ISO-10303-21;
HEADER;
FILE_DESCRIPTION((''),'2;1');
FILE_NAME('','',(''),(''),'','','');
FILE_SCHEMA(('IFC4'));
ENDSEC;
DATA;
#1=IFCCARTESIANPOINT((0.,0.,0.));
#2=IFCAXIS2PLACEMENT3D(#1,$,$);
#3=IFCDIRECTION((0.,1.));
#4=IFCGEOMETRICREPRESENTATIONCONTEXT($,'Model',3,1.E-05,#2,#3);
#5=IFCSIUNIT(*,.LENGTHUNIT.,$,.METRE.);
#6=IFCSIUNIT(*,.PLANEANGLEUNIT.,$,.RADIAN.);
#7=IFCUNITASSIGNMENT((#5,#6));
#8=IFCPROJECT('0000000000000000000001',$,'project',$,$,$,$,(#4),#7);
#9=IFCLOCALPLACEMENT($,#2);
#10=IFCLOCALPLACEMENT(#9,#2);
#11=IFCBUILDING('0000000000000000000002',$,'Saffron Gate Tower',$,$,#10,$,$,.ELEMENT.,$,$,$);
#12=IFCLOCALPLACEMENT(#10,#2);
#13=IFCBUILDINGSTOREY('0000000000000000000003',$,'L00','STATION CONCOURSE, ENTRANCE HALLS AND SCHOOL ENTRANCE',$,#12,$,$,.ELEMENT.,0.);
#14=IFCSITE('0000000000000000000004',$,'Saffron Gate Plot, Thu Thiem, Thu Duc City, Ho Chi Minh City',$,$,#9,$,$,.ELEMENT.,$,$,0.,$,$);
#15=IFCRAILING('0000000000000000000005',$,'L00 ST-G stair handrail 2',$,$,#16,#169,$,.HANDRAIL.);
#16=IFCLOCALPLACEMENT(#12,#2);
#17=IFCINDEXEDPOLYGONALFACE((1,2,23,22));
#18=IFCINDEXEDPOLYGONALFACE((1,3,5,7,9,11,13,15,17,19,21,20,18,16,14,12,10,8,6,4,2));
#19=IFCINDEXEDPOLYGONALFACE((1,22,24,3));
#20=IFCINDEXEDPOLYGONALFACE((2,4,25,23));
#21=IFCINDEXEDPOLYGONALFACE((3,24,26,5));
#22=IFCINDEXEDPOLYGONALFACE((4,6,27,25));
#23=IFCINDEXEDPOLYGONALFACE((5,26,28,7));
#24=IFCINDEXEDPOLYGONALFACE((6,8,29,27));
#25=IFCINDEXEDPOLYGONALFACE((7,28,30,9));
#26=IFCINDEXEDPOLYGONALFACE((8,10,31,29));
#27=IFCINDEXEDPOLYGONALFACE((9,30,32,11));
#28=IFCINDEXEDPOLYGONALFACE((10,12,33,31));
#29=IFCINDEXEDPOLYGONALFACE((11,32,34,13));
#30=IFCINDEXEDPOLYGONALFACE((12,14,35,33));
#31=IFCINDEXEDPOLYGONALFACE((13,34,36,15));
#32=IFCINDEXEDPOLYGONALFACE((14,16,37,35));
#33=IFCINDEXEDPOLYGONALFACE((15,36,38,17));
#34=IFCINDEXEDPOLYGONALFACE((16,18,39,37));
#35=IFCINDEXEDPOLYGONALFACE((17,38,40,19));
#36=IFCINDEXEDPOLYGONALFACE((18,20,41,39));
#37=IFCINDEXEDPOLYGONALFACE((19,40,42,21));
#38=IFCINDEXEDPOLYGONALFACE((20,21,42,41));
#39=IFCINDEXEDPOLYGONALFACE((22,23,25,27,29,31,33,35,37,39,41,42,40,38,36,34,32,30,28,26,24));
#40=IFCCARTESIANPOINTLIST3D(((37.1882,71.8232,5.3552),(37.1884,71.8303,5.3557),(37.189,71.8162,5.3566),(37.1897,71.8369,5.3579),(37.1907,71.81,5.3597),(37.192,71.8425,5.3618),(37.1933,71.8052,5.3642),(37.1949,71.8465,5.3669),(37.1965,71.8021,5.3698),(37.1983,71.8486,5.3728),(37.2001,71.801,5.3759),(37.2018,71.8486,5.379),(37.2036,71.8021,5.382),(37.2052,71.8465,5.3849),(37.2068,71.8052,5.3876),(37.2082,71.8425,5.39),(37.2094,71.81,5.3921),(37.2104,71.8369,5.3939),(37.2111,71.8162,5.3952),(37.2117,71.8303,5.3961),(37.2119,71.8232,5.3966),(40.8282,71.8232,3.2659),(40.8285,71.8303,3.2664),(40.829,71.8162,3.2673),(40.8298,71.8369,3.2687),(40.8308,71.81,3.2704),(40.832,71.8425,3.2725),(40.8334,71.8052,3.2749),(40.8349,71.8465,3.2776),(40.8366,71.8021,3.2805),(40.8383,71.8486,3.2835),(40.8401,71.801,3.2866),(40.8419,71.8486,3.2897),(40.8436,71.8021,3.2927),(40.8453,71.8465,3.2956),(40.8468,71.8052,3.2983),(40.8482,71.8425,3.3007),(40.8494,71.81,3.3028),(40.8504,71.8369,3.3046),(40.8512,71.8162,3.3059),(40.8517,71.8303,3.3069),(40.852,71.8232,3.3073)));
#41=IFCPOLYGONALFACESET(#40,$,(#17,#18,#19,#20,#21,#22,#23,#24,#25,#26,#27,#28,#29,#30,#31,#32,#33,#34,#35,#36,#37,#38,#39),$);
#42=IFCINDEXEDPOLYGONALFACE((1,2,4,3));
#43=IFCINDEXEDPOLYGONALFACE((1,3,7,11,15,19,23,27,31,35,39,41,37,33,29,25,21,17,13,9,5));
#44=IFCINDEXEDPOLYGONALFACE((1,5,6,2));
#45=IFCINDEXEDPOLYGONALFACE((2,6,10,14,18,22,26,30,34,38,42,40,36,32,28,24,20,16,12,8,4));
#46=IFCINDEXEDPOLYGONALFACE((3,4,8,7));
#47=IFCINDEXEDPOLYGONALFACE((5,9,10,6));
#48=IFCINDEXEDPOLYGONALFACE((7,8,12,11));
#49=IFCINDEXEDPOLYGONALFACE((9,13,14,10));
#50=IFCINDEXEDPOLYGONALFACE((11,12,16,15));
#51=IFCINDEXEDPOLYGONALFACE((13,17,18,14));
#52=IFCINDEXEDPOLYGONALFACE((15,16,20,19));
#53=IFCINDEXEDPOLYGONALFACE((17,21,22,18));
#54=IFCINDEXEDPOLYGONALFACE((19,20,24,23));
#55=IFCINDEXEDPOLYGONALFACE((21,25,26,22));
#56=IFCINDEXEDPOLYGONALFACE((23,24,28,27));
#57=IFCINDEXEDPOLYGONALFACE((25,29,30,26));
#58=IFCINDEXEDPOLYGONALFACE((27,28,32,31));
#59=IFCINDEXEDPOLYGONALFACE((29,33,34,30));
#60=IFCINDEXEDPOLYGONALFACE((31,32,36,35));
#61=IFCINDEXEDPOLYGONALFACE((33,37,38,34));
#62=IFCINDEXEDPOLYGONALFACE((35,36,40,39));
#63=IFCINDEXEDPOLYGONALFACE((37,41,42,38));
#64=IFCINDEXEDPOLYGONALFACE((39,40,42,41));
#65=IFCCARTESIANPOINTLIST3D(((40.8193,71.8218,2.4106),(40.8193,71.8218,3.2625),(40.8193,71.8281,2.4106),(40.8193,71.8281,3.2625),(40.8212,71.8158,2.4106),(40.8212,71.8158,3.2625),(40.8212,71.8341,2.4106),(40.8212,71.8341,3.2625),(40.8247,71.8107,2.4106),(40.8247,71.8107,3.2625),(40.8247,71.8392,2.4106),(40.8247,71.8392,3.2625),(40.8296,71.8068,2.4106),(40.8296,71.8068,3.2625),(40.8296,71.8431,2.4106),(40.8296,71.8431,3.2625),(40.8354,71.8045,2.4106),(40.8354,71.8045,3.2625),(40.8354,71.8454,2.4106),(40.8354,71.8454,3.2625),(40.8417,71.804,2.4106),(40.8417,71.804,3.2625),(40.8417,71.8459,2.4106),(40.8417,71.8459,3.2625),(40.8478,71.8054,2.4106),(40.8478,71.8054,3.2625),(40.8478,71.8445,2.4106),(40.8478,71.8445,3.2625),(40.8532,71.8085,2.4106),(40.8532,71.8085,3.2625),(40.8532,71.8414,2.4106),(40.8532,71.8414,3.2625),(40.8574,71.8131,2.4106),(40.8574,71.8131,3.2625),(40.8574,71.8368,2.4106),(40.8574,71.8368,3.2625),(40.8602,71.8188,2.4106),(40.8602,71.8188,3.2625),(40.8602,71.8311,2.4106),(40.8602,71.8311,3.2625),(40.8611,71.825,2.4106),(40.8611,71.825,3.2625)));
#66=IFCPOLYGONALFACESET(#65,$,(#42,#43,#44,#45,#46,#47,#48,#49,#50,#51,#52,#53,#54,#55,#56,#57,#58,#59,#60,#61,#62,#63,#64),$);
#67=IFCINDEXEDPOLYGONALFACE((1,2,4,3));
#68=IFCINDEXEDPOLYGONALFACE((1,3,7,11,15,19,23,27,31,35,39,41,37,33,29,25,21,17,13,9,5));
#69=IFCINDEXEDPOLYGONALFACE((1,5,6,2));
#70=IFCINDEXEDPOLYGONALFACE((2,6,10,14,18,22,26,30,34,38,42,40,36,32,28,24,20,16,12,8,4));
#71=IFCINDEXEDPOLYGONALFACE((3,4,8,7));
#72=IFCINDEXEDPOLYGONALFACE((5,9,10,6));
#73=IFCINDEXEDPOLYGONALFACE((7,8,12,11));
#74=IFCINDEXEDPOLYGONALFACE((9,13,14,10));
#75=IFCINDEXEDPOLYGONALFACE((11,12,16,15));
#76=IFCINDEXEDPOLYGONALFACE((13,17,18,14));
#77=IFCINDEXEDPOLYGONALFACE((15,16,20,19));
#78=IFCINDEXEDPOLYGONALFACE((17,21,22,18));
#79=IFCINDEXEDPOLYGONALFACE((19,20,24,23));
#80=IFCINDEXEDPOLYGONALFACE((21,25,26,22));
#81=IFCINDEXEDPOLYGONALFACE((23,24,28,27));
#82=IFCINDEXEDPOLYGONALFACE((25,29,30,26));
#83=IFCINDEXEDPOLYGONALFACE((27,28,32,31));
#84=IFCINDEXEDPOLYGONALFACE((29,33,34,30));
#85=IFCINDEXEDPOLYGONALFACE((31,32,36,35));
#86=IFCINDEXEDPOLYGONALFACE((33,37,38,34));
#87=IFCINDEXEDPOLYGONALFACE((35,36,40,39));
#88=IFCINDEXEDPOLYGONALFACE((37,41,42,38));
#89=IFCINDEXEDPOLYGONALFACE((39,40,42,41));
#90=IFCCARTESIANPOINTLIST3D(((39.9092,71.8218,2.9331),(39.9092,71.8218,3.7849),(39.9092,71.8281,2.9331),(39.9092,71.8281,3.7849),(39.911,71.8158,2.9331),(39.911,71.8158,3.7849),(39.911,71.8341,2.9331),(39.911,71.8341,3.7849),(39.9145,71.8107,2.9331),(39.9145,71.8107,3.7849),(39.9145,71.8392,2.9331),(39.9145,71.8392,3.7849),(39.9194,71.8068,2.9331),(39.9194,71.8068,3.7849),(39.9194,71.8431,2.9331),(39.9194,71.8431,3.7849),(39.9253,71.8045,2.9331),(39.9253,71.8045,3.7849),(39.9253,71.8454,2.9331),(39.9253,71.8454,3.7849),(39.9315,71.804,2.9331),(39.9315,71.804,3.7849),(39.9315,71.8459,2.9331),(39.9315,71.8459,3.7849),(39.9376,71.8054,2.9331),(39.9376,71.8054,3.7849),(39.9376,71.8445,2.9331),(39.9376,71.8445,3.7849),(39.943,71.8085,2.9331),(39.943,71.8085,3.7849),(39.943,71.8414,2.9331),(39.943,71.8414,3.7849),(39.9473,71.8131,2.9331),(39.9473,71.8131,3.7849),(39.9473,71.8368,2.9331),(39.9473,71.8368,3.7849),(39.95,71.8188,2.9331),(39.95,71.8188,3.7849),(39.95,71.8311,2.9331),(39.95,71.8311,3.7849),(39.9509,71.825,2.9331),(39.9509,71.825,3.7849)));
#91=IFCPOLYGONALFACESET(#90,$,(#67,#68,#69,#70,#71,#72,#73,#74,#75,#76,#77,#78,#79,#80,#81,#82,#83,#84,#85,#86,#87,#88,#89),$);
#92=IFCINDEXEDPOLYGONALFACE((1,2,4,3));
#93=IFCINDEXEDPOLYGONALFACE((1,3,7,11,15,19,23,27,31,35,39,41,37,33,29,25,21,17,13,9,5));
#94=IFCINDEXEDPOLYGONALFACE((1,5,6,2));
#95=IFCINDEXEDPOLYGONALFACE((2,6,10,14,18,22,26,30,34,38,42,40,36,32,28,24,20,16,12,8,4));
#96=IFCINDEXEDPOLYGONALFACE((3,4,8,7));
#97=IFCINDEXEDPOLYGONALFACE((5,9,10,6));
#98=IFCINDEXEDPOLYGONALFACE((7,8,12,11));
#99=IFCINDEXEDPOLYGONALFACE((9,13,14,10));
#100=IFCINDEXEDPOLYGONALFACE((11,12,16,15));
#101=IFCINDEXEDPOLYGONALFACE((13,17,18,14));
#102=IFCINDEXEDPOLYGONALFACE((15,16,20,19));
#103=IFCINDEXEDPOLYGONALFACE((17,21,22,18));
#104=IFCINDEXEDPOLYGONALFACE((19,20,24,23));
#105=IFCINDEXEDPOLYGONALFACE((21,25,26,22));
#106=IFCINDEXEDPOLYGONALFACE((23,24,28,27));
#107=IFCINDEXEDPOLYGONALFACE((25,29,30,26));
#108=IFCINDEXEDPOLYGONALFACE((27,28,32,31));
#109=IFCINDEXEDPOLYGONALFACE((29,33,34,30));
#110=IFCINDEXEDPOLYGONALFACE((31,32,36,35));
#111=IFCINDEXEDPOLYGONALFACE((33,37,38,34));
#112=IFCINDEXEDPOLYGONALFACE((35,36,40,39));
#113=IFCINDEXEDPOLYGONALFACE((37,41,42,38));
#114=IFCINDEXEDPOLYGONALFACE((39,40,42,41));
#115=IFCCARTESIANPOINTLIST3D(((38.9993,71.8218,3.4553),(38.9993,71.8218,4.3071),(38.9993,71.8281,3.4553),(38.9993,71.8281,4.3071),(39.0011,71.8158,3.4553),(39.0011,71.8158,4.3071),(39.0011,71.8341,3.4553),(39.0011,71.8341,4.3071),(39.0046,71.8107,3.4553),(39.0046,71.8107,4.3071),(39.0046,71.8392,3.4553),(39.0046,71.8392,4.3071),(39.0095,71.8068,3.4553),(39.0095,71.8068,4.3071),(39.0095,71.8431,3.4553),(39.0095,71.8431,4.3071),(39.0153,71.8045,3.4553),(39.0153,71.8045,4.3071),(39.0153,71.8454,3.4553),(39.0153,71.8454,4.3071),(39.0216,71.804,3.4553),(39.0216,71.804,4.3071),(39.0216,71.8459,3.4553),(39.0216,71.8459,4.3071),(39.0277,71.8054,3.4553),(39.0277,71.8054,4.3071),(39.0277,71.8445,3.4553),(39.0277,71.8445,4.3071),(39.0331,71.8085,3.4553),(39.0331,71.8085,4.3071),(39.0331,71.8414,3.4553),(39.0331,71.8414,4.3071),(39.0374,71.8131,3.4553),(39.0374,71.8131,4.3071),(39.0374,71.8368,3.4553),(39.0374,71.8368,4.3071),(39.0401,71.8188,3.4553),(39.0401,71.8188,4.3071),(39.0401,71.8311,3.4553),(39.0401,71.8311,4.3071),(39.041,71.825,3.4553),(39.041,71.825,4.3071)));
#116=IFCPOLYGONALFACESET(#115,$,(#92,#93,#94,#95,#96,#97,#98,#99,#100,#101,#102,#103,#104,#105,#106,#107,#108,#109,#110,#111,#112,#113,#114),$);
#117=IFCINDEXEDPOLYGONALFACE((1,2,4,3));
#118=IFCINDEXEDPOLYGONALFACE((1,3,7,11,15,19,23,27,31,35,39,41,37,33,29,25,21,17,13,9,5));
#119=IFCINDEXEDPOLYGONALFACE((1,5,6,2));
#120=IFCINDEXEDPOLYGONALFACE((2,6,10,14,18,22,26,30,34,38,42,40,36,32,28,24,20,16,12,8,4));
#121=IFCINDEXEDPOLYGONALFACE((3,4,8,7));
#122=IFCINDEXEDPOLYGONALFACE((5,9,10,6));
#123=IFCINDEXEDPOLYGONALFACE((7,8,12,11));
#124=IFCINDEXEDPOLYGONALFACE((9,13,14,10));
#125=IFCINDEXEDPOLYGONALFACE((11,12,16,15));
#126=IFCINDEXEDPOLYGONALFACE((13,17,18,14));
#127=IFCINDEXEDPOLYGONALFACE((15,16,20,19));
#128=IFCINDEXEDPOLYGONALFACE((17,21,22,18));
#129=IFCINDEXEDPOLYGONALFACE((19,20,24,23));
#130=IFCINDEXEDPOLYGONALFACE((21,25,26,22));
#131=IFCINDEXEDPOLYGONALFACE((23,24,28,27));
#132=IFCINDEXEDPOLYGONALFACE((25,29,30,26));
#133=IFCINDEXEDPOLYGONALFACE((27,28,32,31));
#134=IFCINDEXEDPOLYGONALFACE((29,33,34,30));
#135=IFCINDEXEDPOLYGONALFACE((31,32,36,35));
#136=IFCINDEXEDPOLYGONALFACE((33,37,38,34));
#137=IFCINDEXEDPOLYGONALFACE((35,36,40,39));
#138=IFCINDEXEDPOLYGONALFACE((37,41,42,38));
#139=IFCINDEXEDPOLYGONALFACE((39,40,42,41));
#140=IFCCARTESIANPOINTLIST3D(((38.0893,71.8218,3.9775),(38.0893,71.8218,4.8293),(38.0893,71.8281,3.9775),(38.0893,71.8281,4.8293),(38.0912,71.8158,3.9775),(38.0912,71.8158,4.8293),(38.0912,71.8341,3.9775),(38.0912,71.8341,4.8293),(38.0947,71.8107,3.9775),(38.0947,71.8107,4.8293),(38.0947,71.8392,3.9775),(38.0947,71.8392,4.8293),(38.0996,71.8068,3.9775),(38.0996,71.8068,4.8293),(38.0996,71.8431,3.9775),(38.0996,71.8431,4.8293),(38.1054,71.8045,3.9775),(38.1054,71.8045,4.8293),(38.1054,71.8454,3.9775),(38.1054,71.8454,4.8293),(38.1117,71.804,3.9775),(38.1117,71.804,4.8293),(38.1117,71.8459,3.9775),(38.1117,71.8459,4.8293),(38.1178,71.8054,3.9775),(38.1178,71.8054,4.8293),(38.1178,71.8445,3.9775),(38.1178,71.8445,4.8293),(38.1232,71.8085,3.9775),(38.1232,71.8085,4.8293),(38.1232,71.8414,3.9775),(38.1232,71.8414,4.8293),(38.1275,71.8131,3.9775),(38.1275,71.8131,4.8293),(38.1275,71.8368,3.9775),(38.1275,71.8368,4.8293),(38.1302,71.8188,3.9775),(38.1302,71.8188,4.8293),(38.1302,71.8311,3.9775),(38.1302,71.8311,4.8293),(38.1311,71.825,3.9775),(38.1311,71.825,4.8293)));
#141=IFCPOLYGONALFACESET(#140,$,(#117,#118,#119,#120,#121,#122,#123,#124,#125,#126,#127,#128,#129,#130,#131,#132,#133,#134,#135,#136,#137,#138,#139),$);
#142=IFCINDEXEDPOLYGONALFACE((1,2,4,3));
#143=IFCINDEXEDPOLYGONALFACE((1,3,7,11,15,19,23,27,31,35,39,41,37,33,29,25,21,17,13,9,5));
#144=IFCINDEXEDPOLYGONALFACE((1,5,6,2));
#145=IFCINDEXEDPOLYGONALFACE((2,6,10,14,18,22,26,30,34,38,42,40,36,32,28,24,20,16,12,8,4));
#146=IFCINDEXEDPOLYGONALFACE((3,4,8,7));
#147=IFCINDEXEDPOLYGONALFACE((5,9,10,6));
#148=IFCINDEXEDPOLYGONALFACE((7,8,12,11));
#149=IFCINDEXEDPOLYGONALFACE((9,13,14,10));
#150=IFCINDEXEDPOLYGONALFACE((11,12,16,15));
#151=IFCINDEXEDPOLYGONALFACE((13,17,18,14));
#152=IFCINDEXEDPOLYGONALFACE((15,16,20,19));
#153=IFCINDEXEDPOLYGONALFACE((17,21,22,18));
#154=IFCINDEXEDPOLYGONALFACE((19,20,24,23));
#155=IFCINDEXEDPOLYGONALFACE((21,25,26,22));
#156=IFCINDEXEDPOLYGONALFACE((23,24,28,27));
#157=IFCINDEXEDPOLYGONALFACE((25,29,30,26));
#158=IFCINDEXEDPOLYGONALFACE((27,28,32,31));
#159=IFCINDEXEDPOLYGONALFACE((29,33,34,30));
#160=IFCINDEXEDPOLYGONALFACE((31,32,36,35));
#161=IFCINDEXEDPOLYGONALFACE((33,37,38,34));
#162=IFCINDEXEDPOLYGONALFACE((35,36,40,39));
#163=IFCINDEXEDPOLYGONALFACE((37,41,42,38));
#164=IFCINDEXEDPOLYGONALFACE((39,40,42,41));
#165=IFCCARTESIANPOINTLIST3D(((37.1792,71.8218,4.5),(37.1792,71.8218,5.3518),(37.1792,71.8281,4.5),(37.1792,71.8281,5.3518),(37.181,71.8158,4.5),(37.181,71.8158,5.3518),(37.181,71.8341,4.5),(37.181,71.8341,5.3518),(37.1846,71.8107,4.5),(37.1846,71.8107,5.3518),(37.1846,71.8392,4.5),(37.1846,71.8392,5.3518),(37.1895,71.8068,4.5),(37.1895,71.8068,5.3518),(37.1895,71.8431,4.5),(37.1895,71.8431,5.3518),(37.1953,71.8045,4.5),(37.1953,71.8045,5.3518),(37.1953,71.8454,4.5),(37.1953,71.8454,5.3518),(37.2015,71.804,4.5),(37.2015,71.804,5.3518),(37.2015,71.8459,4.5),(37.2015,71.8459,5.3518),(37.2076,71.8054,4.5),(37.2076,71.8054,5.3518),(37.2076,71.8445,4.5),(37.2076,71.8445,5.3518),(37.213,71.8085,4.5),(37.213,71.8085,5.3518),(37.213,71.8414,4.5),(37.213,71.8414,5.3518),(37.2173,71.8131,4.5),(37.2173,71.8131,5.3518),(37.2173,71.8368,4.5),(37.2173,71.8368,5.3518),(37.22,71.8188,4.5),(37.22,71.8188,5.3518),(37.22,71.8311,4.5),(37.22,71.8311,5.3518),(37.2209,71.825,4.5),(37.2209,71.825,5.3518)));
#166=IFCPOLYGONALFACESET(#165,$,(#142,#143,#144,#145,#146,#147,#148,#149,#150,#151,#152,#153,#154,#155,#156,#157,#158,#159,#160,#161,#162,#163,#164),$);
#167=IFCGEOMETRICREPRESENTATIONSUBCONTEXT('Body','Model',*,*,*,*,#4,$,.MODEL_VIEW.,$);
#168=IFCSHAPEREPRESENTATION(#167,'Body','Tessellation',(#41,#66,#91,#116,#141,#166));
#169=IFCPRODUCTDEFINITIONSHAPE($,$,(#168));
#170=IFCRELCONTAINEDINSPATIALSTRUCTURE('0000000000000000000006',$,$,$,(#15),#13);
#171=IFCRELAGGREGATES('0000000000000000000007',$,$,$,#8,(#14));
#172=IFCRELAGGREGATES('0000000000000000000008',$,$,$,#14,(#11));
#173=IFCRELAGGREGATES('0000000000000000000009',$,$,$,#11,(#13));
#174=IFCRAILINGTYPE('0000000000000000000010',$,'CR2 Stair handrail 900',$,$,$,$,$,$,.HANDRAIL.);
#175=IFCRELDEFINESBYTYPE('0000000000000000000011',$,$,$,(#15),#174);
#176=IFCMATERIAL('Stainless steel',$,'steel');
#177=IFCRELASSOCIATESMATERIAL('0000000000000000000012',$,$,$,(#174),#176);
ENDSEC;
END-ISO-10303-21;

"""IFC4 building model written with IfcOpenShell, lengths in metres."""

from ifc_helpers import new_model, si_unit, direction, frame, origin, origin_2d, place, context, subcontext, project, spatial, circle, extrude, material, type_object, element, save


model = new_model("IFC4")

# Units and contexts
model_context = context("Model", 3, precision=1e-05, world=origin(), true_north=direction((0.0, 1.0)))
body_context = subcontext(model_context, "Body", "Model", "MODEL_VIEW")
ifc_project = project(units=[si_unit("LENGTHUNIT", "METRE"), si_unit("PLANEANGLEUNIT", "RADIAN")], contexts=[model_context])

# Site, building, storey
site_placement = place(None, origin())
site = spatial("IfcSite", under=ifc_project, at=site_placement, Name="Saffron Gate Plot, Thu Thiem, Thu Duc City, Ho Chi Minh City", CompositionType="ELEMENT", RefElevation=0.0)
building_placement = place(site_placement, origin())
building = spatial("IfcBuilding", under=site, at=building_placement, Name="Saffron Gate Tower", CompositionType="ELEMENT")
storey_placement = place(building_placement, origin())
storey = spatial("IfcBuildingStorey", under=building, at=storey_placement, Name="L00", Description="STATION CONCOURSE, ENTRANCE HALLS AND SCHOOL ENTRANCE", CompositionType="ELEMENT", Elevation=0.0)

# Railing
ifc_material_1 = material(Name="Stainless steel", Category="steel")
railing_type_1 = type_object("IfcRailingType", Name="CR2 Stair handrail 900", PredefinedType="HANDRAIL", material=ifc_material_1)
railing_1_placement = place(storey_placement, frame((40.8401, 71.825, 2.4106)))
element("IfcRailing", 1, at=railing_1_placement, inside=storey, type_object=railing_type_1, Name="L00 ST-G stair handrail 2", PredefinedType="HANDRAIL", context=body_context, shape_type="SweptSolid", body=[
    extrude(circle(Radius=0.0239, at=origin_2d()), frame((0.0, 0.0, 0.876), z_axis=(-0.867289, 0.0, 0.497804), x_axis=(0.0, -1.0, 0.0)), (0.0, 0.0, 1.0), 4.197),
    extrude(circle(Radius=0.021, at=origin_2d()), origin(), (0.0, 0.0, 1.0), 0.8518),
    extrude(circle(Radius=0.021, at=origin_2d()), frame((-0.9102, 0.0, 0.5225)), (0.0, 0.0, 1.0), 0.8518),
    extrude(circle(Radius=0.021, at=origin_2d()), frame((-1.8201, 0.0, 1.0447)), (0.0, 0.0, 1.0), 0.8518),
    extrude(circle(Radius=0.021, at=origin_2d()), frame((-2.73, 0.0, 1.5669)), (0.0, 0.0, 1.0), 0.8518),
    extrude(circle(Radius=0.021, at=origin_2d()), frame((-3.6401, 0.0, 2.0894)), (0.0, 0.0, 1.0), 0.8518),
])

save(model, "model.ifc")
